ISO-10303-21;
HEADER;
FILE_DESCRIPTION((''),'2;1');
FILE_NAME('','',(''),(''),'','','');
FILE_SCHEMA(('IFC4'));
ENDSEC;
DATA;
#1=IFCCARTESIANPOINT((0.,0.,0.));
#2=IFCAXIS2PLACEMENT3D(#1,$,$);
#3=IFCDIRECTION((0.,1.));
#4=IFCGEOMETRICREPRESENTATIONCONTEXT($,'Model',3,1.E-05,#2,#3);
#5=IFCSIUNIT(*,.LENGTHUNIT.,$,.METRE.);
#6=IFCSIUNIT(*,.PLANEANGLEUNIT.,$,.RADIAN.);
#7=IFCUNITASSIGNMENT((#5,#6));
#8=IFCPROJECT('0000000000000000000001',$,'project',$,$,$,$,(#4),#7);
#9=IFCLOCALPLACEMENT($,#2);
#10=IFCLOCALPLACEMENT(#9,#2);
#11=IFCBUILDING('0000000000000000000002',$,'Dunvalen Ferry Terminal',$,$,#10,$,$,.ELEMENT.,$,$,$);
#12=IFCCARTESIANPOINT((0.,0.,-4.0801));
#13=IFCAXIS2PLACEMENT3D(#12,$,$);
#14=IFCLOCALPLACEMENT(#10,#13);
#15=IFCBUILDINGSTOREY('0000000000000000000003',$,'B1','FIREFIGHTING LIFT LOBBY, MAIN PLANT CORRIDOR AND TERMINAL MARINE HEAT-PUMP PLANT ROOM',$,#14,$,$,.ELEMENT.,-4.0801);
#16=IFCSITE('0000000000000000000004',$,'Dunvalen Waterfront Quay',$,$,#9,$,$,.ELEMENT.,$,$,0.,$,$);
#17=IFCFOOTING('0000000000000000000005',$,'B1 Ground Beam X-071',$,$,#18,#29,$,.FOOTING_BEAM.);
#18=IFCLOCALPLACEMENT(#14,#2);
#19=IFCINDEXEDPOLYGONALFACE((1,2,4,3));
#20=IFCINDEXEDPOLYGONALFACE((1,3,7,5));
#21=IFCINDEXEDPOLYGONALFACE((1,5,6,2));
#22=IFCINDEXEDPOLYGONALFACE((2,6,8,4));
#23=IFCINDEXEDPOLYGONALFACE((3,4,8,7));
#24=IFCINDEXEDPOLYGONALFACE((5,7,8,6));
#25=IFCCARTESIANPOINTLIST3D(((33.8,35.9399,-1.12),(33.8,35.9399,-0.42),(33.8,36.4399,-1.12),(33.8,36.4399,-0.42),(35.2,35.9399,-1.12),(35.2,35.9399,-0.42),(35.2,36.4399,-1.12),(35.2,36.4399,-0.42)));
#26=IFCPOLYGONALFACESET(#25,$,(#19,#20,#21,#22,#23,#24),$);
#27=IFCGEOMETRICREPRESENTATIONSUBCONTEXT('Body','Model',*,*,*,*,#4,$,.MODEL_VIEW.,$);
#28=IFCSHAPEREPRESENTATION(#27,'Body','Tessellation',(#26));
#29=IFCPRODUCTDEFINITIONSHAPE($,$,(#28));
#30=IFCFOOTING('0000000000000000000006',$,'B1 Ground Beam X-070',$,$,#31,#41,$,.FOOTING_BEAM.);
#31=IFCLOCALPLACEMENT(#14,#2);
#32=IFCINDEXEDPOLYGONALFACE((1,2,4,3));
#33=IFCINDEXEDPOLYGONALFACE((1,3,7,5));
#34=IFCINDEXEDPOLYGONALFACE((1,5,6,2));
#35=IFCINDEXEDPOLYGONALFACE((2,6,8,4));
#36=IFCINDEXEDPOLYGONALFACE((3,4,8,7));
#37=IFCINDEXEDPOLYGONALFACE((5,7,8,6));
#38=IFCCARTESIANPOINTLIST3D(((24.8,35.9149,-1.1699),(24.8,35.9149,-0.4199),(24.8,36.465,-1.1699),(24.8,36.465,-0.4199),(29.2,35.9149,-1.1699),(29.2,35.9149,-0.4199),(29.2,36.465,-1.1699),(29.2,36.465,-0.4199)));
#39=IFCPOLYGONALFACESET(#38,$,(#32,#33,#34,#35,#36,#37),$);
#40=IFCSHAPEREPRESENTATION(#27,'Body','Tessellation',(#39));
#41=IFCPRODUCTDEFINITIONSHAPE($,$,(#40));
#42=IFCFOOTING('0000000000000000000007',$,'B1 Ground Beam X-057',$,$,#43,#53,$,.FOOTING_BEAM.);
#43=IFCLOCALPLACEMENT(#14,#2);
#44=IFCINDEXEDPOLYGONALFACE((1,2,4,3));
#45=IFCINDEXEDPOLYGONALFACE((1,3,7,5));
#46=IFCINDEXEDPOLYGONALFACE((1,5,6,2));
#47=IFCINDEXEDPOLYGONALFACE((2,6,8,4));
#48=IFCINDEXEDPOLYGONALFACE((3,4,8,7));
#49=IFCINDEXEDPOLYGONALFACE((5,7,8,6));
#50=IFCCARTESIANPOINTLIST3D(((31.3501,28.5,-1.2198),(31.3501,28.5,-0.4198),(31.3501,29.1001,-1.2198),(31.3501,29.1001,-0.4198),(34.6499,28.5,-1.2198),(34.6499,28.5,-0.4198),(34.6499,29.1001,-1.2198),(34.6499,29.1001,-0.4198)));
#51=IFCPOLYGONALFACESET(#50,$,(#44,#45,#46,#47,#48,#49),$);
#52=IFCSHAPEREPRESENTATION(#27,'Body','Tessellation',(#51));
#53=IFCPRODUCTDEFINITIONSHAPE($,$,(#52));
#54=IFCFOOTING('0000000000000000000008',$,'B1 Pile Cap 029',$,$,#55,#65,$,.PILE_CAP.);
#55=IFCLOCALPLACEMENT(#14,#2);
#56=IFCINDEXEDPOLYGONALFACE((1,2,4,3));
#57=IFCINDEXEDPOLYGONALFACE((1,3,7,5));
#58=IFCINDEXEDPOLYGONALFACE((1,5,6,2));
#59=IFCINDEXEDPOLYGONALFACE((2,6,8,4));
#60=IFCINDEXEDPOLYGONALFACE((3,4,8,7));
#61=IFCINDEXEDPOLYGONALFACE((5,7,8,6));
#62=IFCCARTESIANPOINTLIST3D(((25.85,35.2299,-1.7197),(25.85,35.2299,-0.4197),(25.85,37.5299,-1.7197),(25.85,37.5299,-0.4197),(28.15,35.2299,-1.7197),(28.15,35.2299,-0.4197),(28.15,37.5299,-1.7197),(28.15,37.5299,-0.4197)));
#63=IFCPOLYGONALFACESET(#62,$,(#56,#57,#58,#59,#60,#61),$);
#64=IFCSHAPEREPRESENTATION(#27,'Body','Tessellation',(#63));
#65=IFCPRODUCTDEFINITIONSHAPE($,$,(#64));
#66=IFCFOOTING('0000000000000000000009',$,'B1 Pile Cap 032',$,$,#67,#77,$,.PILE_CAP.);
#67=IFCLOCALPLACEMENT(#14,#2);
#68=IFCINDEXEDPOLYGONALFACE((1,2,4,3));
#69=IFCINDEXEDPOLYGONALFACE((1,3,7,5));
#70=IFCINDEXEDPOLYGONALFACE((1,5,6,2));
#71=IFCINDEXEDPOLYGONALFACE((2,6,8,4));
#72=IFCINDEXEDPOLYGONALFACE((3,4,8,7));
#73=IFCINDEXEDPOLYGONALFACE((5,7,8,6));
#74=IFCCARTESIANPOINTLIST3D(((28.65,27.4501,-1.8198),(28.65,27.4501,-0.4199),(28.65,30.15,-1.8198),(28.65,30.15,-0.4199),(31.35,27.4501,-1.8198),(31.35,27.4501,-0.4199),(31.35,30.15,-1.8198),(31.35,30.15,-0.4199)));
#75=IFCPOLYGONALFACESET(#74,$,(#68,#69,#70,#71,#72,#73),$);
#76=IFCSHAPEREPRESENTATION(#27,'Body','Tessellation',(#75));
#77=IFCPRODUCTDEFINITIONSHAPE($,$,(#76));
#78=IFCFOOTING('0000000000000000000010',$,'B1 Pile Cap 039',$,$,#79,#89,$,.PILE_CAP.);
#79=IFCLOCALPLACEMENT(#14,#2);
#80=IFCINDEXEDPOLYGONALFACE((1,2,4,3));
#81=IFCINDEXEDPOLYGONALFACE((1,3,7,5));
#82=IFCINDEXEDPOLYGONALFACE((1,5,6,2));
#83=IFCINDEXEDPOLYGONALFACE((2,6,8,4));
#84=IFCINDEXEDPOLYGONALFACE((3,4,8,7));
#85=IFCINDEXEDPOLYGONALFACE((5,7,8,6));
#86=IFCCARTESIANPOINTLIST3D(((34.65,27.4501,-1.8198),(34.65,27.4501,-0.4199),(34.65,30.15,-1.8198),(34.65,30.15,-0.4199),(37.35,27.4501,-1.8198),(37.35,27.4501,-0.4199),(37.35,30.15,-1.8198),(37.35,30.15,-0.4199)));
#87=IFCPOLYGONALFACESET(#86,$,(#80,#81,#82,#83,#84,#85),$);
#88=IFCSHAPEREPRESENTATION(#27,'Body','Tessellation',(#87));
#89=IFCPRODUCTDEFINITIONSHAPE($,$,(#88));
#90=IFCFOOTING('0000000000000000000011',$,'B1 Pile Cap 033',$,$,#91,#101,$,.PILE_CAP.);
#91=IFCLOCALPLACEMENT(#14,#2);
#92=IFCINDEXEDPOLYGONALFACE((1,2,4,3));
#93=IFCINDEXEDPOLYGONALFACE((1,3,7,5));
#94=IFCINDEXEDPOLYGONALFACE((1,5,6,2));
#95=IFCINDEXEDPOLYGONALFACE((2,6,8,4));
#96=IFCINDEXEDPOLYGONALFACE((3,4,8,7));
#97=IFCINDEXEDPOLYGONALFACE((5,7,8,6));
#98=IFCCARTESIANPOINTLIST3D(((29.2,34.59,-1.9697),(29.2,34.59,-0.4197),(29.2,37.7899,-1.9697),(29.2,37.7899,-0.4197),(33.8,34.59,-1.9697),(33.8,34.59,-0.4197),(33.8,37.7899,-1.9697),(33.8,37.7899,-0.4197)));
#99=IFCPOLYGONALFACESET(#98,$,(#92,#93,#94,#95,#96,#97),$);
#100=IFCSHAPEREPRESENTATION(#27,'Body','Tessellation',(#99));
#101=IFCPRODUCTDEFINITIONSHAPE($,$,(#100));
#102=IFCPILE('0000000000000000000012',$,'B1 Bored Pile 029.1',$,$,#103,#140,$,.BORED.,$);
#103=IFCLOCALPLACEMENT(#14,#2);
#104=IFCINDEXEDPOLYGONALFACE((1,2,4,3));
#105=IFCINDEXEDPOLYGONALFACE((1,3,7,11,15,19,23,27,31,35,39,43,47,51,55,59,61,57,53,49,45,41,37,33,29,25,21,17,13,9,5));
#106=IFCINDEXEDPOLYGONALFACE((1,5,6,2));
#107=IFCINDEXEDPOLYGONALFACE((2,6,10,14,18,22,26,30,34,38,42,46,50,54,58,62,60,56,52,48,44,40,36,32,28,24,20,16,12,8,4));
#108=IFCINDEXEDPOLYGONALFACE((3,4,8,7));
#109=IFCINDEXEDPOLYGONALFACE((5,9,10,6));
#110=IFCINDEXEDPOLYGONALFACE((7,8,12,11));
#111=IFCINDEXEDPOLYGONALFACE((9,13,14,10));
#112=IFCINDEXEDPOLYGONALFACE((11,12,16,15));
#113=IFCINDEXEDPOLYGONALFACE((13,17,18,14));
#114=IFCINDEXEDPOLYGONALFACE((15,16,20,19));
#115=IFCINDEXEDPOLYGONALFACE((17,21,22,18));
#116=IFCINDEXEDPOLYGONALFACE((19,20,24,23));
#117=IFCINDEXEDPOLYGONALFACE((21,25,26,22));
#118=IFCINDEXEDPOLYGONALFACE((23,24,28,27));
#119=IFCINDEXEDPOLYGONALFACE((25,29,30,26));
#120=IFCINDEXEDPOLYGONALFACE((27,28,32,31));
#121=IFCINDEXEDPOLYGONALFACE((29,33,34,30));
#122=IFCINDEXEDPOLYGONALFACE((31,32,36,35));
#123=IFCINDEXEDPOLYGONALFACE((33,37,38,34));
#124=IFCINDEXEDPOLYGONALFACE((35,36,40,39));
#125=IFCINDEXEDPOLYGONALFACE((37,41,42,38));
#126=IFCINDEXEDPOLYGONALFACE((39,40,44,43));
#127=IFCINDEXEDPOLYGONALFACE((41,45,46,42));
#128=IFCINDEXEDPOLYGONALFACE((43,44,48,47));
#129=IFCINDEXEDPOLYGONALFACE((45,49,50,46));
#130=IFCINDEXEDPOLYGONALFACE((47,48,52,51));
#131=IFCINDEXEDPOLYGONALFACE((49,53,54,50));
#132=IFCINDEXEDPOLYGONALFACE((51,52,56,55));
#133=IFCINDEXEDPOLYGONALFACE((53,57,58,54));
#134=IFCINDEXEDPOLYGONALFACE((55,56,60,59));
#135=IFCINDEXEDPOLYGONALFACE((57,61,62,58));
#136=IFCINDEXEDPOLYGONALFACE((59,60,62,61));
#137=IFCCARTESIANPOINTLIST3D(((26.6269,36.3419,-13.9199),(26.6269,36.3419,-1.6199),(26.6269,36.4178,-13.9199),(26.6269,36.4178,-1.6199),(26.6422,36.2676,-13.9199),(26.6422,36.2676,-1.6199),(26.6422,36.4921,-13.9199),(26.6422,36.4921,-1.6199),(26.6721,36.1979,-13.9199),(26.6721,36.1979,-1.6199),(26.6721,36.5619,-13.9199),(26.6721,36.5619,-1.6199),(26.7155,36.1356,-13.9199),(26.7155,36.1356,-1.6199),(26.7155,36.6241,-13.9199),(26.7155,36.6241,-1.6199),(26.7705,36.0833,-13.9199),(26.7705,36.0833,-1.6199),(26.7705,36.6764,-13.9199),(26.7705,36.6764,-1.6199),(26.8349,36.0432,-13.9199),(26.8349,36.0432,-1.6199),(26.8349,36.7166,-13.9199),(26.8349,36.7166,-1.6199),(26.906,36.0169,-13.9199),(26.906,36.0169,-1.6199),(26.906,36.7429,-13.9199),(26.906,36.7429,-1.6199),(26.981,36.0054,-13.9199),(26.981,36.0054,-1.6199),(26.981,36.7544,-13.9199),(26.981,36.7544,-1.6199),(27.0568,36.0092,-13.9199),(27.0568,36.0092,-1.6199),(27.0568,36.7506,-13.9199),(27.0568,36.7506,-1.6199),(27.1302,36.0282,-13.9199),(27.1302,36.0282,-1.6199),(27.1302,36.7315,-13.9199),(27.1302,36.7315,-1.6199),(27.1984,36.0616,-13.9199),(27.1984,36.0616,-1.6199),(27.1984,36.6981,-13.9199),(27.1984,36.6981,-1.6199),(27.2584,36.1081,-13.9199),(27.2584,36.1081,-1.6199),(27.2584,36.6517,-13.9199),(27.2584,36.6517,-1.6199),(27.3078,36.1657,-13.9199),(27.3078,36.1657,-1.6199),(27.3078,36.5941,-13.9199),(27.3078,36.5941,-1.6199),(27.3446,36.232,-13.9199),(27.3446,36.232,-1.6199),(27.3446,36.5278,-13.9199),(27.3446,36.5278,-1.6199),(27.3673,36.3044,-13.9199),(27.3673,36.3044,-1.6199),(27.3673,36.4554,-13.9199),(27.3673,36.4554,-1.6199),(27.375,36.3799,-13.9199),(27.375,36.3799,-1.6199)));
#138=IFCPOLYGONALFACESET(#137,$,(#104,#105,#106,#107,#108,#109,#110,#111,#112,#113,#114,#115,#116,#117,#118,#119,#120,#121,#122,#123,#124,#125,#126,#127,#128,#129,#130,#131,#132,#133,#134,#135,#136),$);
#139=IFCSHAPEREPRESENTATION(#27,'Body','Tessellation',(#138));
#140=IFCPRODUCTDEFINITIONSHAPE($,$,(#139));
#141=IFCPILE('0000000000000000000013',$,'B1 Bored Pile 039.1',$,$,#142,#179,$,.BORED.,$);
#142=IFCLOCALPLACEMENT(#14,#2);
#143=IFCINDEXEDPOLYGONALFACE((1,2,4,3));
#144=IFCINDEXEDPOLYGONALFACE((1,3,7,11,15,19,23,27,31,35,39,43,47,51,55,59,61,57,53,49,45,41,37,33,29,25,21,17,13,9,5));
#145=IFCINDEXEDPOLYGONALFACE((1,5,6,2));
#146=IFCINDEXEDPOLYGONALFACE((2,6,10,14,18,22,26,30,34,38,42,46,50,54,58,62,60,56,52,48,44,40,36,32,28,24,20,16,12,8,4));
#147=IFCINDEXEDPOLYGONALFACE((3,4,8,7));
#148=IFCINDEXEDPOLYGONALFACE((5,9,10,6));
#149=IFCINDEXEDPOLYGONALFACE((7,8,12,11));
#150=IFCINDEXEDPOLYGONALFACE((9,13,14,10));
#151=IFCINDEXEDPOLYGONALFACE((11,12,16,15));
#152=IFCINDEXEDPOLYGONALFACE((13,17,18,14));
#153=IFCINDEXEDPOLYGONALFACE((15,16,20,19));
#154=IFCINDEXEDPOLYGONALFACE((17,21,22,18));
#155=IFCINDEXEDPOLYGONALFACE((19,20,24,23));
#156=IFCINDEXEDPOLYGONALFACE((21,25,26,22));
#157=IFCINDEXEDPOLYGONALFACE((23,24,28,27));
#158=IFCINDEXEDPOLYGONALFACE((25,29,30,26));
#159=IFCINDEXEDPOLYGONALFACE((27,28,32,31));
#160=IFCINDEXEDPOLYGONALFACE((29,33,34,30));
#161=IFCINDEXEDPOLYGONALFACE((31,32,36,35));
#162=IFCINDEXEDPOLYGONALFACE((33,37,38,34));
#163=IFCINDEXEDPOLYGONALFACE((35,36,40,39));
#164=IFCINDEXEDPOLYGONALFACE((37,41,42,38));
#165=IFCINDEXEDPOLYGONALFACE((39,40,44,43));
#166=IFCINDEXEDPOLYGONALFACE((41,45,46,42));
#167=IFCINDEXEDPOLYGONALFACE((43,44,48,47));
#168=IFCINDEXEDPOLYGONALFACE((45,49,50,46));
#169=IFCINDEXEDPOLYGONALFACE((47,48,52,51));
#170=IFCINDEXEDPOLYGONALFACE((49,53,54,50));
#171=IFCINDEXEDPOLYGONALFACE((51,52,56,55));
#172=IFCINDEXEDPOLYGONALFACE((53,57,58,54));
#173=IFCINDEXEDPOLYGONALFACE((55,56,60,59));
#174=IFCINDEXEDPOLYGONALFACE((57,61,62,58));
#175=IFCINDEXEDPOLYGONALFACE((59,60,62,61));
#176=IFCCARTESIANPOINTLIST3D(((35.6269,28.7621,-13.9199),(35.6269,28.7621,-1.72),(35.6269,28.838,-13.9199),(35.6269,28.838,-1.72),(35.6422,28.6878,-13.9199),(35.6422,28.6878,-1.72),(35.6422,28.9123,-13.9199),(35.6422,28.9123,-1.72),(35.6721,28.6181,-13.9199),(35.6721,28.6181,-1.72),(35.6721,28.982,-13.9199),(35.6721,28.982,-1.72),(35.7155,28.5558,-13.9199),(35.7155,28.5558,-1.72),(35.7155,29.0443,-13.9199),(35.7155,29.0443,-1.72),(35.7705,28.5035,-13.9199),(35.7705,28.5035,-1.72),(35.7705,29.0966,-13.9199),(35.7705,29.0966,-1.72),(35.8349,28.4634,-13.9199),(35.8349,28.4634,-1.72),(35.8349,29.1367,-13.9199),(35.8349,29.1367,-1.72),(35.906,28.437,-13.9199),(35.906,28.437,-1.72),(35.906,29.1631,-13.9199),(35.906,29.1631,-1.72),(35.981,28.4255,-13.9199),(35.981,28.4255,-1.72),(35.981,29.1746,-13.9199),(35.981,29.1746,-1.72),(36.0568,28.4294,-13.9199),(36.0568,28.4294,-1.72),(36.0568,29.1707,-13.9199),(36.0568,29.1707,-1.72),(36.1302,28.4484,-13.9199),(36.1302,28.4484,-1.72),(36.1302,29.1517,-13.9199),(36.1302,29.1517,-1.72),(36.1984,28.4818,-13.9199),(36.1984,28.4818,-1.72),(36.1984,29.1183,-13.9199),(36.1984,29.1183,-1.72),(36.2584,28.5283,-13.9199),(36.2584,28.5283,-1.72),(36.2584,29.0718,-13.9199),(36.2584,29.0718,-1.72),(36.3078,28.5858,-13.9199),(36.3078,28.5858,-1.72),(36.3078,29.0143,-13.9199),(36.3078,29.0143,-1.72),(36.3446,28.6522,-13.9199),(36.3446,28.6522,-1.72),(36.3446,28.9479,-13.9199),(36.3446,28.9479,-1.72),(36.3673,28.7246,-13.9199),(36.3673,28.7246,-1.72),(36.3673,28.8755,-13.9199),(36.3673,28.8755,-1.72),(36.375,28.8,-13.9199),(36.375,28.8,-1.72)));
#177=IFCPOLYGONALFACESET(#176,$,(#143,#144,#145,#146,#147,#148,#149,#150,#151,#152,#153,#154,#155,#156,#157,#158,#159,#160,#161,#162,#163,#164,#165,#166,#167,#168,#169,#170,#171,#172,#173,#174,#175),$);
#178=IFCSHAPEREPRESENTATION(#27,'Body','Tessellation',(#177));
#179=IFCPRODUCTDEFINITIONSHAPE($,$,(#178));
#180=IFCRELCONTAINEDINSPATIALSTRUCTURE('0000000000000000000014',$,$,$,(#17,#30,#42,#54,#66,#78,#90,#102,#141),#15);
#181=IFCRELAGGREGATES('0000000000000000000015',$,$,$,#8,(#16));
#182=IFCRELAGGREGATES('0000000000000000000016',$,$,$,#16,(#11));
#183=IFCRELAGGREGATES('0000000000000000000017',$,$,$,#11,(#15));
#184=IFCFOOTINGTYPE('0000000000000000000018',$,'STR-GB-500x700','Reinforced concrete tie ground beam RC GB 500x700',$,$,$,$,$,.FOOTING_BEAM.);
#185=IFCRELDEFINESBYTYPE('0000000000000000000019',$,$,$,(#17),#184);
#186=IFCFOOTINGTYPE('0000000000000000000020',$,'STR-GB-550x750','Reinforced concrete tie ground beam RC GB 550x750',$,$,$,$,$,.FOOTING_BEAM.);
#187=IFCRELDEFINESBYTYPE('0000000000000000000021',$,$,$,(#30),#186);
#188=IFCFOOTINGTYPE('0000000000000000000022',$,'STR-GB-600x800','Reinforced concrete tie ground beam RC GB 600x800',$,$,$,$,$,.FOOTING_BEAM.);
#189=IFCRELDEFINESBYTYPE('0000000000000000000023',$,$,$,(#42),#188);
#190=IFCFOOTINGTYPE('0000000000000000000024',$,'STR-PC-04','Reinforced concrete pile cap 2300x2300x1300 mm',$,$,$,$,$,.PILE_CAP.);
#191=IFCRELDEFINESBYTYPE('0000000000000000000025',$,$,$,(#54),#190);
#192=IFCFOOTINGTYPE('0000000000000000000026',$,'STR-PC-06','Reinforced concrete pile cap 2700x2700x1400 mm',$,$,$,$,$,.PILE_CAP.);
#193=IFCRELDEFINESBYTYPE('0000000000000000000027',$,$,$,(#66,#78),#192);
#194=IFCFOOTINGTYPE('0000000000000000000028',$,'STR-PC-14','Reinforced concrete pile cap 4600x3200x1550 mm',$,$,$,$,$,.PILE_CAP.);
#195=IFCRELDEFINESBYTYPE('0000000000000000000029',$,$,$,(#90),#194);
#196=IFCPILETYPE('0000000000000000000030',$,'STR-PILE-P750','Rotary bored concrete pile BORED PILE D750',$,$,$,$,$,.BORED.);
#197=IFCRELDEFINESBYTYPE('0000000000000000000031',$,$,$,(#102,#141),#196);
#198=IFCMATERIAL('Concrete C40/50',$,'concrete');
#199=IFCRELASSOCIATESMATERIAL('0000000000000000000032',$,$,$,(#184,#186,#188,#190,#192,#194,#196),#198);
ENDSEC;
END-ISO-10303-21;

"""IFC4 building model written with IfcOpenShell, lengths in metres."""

from ifc_helpers import new_model, si_unit, direction, frame, origin, origin_2d, place, context, subcontext, project, spatial, rectangle, circle, extrude, material, material_profile, profile_set, type_object, element, save


model = new_model("IFC4")

# Units and contexts
model_context = context("Model", 3, precision=1e-05, world=origin(), true_north=direction((0.0, 1.0)))
body_context = subcontext(model_context, "Body", "Model", "MODEL_VIEW")
ifc_project = project(units=[si_unit("LENGTHUNIT", "METRE"), si_unit("PLANEANGLEUNIT", "RADIAN")], contexts=[model_context])

# Site, building, storey
site_placement = place(None, origin())
site = spatial("IfcSite", under=ifc_project, at=site_placement, Name="Dunvalen Waterfront Quay", CompositionType="ELEMENT", RefElevation=0.0)
building_placement = place(site_placement, origin())
building = spatial("IfcBuilding", under=site, at=building_placement, Name="Dunvalen Ferry Terminal", CompositionType="ELEMENT")
storey_placement = place(building_placement, frame((0.0, 0.0, -4.0801)))
storey = spatial("IfcBuildingStorey", under=building, at=storey_placement, Name="B1", Description="FIREFIGHTING LIFT LOBBY, MAIN PLANT CORRIDOR AND TERMINAL MARINE HEAT-PUMP PLANT ROOM", CompositionType="ELEMENT", Elevation=-4.0801)

# Footings
ifc_material = material(Name="Concrete C40/50", Category="concrete")
ifc_material_profile_1 = material_profile(ifc_material, rectangle(XDim=0.5, YDim=0.7, at=origin_2d()), Name="Concrete C40/50")
ifc_profile_set_1 = profile_set([ifc_material_profile_1], Name="Concrete C40/50")
footing_type_1 = type_object("IfcFootingType", Name="STR-GB-500x700", Description="Reinforced concrete tie ground beam RC GB 500x700", PredefinedType="FOOTING_BEAM", material=ifc_profile_set_1)
footing_1_placement = place(storey_placement, frame((33.8, 36.1899, -0.77), z_axis=(1.0, 0.0, 0.0), x_axis=(0.0, 1.0, 0.0)))
element("IfcFooting", 1, at=footing_1_placement, inside=storey, type_object=footing_type_1, Name="B1 Ground Beam X-071", PredefinedType="FOOTING_BEAM", context=body_context, shape_type="SweptSolid", body=[
    extrude(rectangle(XDim=0.5, YDim=0.7, at=origin_2d()), origin(), (0.0, 0.0, 1.0), 1.3999),
])
ifc_material_profile_2 = material_profile(ifc_material, rectangle(XDim=0.55, YDim=0.75, at=origin_2d()), Name="Concrete C40/50")
ifc_profile_set_2 = profile_set([ifc_material_profile_2], Name="Concrete C40/50")
footing_type_2 = type_object("IfcFootingType", Name="STR-GB-550x750", Description="Reinforced concrete tie ground beam RC GB 550x750", PredefinedType="FOOTING_BEAM", material=ifc_profile_set_2)
footing_2_placement = place(storey_placement, frame((24.8, 36.1899, -0.7949), z_axis=(1.0, 0.0, 0.0), x_axis=(0.0, 1.0, 0.0)))
element("IfcFooting", 2, at=footing_2_placement, inside=storey, type_object=footing_type_2, Name="B1 Ground Beam X-070", PredefinedType="FOOTING_BEAM", context=body_context, shape_type="SweptSolid", body=[
    extrude(rectangle(XDim=0.55, YDim=0.75, at=origin_2d()), origin(), (0.0, 0.0, 1.0), 4.3999),
])
ifc_material_profile_3 = material_profile(ifc_material, rectangle(XDim=0.6001, YDim=0.8, at=origin_2d()), Name="Concrete C40/50")
ifc_profile_set_3 = profile_set([ifc_material_profile_3], Name="Concrete C40/50")
footing_type_3 = type_object("IfcFootingType", Name="STR-GB-600x800", Description="Reinforced concrete tie ground beam RC GB 600x800", PredefinedType="FOOTING_BEAM", material=ifc_profile_set_3)
footing_3_placement = place(storey_placement, frame((31.3501, 28.8, -0.8198), z_axis=(1.0, 0.0, 0.0), x_axis=(0.0, 1.0, 0.0)))
element("IfcFooting", 3, at=footing_3_placement, inside=storey, type_object=footing_type_3, Name="B1 Ground Beam X-057", PredefinedType="FOOTING_BEAM", context=body_context, shape_type="SweptSolid", body=[
    extrude(rectangle(XDim=0.6001, YDim=0.8, at=origin_2d()), origin(), (0.0, 0.0, 1.0), 3.2998),
])
footing_type_4 = type_object("IfcFootingType", Name="STR-PC-04", Description="Reinforced concrete pile cap 2300x2300x1300 mm", PredefinedType="PILE_CAP", material=ifc_material)
footing_4_placement = place(storey_placement, frame((27.0, 36.3799, -1.7197), z_axis=(0.0, 0.0, 1.0), x_axis=(1.0, 0.0, 0.0)))
element("IfcFooting", 4, at=footing_4_placement, inside=storey, type_object=footing_type_4, Name="B1 Pile Cap 029", PredefinedType="PILE_CAP", context=body_context, shape_type="SweptSolid", body=[
    extrude(rectangle(XDim=2.3, YDim=2.3, at=origin_2d()), origin(), (0.0, 0.0, 1.0), 1.3),
])
footing_type_5 = type_object("IfcFootingType", Name="STR-PC-06", Description="Reinforced concrete pile cap 2700x2700x1400 mm", PredefinedType="PILE_CAP", material=ifc_material)
for number, where, z_axis, x_axis, name in (
    (5, (30.0, 28.8, -1.8198), (0.0, 0.0, 1.0), (1.0, 0.0, 0.0), "B1 Pile Cap 032"),
    (6, (36.0, 28.8, -1.8198), (0.0, 0.0, 1.0), (1.0, 0.0, 0.0), "B1 Pile Cap 039"),
):
    element("IfcFooting", number, at=place(storey_placement, frame(where, z_axis=z_axis, x_axis=x_axis)), inside=storey, type_object=footing_type_5, Name=name, PredefinedType="PILE_CAP", context=body_context, shape_type="SweptSolid", body=[
        extrude(rectangle(XDim=2.7, YDim=2.7, at=origin_2d()), origin(), (0.0, 0.0, 1.0), 1.3999),
    ])
footing_type_6 = type_object("IfcFootingType", Name="STR-PC-14", Description="Reinforced concrete pile cap 4600x3200x1550 mm", PredefinedType="PILE_CAP", material=ifc_material)
footing_5_placement = place(storey_placement, frame((31.5, 36.1899, -1.9697), z_axis=(0.0, 0.0, 1.0), x_axis=(1.0, 0.0, 0.0)))
element("IfcFooting", 7, at=footing_5_placement, inside=storey, type_object=footing_type_6, Name="B1 Pile Cap 033", PredefinedType="PILE_CAP", context=body_context, shape_type="SweptSolid", body=[
    extrude(rectangle(XDim=4.6001, YDim=3.2, at=origin_2d()), origin(), (0.0, 0.0, 1.0), 1.55),
])

# Piles
ifc_material_profile_4 = material_profile(ifc_material, circle(Radius=0.375, at=origin_2d()), Name="Concrete C40/50")
ifc_profile_set_4 = profile_set([ifc_material_profile_4], Name="Concrete C40/50")
pile_type_1 = type_object("IfcPileType", Name="STR-PILE-P750", Description="Rotary bored concrete pile BORED PILE D750", PredefinedType="BORED", material=ifc_profile_set_4)
pile_1_placement = place(storey_placement, frame((27.0, 36.3799, -1.6199), z_axis=(0.0, 0.0, -1.0), x_axis=(1.0, 0.0, 0.0)))
element("IfcPile", 8, at=pile_1_placement, inside=storey, type_object=pile_type_1, Name="B1 Bored Pile 029.1", PredefinedType="BORED", context=body_context, shape_type="SweptSolid", body=[
    extrude(circle(Radius=0.375, at=origin_2d()), origin(), (0.0, 0.0, 1.0), 12.3),
])
pile_2_placement = place(storey_placement, frame((36.0, 28.8, -1.72), z_axis=(0.0, 0.0, -1.0), x_axis=(1.0, 0.0, 0.0)))
element("IfcPile", 9, at=pile_2_placement, inside=storey, type_object=pile_type_1, Name="B1 Bored Pile 039.1", PredefinedType="BORED", context=body_context, shape_type="SweptSolid", body=[
    extrude(circle(Radius=0.375, at=origin_2d()), origin(), (0.0, 0.0, 1.0), 12.2),
])

save(model, "model.ifc")
